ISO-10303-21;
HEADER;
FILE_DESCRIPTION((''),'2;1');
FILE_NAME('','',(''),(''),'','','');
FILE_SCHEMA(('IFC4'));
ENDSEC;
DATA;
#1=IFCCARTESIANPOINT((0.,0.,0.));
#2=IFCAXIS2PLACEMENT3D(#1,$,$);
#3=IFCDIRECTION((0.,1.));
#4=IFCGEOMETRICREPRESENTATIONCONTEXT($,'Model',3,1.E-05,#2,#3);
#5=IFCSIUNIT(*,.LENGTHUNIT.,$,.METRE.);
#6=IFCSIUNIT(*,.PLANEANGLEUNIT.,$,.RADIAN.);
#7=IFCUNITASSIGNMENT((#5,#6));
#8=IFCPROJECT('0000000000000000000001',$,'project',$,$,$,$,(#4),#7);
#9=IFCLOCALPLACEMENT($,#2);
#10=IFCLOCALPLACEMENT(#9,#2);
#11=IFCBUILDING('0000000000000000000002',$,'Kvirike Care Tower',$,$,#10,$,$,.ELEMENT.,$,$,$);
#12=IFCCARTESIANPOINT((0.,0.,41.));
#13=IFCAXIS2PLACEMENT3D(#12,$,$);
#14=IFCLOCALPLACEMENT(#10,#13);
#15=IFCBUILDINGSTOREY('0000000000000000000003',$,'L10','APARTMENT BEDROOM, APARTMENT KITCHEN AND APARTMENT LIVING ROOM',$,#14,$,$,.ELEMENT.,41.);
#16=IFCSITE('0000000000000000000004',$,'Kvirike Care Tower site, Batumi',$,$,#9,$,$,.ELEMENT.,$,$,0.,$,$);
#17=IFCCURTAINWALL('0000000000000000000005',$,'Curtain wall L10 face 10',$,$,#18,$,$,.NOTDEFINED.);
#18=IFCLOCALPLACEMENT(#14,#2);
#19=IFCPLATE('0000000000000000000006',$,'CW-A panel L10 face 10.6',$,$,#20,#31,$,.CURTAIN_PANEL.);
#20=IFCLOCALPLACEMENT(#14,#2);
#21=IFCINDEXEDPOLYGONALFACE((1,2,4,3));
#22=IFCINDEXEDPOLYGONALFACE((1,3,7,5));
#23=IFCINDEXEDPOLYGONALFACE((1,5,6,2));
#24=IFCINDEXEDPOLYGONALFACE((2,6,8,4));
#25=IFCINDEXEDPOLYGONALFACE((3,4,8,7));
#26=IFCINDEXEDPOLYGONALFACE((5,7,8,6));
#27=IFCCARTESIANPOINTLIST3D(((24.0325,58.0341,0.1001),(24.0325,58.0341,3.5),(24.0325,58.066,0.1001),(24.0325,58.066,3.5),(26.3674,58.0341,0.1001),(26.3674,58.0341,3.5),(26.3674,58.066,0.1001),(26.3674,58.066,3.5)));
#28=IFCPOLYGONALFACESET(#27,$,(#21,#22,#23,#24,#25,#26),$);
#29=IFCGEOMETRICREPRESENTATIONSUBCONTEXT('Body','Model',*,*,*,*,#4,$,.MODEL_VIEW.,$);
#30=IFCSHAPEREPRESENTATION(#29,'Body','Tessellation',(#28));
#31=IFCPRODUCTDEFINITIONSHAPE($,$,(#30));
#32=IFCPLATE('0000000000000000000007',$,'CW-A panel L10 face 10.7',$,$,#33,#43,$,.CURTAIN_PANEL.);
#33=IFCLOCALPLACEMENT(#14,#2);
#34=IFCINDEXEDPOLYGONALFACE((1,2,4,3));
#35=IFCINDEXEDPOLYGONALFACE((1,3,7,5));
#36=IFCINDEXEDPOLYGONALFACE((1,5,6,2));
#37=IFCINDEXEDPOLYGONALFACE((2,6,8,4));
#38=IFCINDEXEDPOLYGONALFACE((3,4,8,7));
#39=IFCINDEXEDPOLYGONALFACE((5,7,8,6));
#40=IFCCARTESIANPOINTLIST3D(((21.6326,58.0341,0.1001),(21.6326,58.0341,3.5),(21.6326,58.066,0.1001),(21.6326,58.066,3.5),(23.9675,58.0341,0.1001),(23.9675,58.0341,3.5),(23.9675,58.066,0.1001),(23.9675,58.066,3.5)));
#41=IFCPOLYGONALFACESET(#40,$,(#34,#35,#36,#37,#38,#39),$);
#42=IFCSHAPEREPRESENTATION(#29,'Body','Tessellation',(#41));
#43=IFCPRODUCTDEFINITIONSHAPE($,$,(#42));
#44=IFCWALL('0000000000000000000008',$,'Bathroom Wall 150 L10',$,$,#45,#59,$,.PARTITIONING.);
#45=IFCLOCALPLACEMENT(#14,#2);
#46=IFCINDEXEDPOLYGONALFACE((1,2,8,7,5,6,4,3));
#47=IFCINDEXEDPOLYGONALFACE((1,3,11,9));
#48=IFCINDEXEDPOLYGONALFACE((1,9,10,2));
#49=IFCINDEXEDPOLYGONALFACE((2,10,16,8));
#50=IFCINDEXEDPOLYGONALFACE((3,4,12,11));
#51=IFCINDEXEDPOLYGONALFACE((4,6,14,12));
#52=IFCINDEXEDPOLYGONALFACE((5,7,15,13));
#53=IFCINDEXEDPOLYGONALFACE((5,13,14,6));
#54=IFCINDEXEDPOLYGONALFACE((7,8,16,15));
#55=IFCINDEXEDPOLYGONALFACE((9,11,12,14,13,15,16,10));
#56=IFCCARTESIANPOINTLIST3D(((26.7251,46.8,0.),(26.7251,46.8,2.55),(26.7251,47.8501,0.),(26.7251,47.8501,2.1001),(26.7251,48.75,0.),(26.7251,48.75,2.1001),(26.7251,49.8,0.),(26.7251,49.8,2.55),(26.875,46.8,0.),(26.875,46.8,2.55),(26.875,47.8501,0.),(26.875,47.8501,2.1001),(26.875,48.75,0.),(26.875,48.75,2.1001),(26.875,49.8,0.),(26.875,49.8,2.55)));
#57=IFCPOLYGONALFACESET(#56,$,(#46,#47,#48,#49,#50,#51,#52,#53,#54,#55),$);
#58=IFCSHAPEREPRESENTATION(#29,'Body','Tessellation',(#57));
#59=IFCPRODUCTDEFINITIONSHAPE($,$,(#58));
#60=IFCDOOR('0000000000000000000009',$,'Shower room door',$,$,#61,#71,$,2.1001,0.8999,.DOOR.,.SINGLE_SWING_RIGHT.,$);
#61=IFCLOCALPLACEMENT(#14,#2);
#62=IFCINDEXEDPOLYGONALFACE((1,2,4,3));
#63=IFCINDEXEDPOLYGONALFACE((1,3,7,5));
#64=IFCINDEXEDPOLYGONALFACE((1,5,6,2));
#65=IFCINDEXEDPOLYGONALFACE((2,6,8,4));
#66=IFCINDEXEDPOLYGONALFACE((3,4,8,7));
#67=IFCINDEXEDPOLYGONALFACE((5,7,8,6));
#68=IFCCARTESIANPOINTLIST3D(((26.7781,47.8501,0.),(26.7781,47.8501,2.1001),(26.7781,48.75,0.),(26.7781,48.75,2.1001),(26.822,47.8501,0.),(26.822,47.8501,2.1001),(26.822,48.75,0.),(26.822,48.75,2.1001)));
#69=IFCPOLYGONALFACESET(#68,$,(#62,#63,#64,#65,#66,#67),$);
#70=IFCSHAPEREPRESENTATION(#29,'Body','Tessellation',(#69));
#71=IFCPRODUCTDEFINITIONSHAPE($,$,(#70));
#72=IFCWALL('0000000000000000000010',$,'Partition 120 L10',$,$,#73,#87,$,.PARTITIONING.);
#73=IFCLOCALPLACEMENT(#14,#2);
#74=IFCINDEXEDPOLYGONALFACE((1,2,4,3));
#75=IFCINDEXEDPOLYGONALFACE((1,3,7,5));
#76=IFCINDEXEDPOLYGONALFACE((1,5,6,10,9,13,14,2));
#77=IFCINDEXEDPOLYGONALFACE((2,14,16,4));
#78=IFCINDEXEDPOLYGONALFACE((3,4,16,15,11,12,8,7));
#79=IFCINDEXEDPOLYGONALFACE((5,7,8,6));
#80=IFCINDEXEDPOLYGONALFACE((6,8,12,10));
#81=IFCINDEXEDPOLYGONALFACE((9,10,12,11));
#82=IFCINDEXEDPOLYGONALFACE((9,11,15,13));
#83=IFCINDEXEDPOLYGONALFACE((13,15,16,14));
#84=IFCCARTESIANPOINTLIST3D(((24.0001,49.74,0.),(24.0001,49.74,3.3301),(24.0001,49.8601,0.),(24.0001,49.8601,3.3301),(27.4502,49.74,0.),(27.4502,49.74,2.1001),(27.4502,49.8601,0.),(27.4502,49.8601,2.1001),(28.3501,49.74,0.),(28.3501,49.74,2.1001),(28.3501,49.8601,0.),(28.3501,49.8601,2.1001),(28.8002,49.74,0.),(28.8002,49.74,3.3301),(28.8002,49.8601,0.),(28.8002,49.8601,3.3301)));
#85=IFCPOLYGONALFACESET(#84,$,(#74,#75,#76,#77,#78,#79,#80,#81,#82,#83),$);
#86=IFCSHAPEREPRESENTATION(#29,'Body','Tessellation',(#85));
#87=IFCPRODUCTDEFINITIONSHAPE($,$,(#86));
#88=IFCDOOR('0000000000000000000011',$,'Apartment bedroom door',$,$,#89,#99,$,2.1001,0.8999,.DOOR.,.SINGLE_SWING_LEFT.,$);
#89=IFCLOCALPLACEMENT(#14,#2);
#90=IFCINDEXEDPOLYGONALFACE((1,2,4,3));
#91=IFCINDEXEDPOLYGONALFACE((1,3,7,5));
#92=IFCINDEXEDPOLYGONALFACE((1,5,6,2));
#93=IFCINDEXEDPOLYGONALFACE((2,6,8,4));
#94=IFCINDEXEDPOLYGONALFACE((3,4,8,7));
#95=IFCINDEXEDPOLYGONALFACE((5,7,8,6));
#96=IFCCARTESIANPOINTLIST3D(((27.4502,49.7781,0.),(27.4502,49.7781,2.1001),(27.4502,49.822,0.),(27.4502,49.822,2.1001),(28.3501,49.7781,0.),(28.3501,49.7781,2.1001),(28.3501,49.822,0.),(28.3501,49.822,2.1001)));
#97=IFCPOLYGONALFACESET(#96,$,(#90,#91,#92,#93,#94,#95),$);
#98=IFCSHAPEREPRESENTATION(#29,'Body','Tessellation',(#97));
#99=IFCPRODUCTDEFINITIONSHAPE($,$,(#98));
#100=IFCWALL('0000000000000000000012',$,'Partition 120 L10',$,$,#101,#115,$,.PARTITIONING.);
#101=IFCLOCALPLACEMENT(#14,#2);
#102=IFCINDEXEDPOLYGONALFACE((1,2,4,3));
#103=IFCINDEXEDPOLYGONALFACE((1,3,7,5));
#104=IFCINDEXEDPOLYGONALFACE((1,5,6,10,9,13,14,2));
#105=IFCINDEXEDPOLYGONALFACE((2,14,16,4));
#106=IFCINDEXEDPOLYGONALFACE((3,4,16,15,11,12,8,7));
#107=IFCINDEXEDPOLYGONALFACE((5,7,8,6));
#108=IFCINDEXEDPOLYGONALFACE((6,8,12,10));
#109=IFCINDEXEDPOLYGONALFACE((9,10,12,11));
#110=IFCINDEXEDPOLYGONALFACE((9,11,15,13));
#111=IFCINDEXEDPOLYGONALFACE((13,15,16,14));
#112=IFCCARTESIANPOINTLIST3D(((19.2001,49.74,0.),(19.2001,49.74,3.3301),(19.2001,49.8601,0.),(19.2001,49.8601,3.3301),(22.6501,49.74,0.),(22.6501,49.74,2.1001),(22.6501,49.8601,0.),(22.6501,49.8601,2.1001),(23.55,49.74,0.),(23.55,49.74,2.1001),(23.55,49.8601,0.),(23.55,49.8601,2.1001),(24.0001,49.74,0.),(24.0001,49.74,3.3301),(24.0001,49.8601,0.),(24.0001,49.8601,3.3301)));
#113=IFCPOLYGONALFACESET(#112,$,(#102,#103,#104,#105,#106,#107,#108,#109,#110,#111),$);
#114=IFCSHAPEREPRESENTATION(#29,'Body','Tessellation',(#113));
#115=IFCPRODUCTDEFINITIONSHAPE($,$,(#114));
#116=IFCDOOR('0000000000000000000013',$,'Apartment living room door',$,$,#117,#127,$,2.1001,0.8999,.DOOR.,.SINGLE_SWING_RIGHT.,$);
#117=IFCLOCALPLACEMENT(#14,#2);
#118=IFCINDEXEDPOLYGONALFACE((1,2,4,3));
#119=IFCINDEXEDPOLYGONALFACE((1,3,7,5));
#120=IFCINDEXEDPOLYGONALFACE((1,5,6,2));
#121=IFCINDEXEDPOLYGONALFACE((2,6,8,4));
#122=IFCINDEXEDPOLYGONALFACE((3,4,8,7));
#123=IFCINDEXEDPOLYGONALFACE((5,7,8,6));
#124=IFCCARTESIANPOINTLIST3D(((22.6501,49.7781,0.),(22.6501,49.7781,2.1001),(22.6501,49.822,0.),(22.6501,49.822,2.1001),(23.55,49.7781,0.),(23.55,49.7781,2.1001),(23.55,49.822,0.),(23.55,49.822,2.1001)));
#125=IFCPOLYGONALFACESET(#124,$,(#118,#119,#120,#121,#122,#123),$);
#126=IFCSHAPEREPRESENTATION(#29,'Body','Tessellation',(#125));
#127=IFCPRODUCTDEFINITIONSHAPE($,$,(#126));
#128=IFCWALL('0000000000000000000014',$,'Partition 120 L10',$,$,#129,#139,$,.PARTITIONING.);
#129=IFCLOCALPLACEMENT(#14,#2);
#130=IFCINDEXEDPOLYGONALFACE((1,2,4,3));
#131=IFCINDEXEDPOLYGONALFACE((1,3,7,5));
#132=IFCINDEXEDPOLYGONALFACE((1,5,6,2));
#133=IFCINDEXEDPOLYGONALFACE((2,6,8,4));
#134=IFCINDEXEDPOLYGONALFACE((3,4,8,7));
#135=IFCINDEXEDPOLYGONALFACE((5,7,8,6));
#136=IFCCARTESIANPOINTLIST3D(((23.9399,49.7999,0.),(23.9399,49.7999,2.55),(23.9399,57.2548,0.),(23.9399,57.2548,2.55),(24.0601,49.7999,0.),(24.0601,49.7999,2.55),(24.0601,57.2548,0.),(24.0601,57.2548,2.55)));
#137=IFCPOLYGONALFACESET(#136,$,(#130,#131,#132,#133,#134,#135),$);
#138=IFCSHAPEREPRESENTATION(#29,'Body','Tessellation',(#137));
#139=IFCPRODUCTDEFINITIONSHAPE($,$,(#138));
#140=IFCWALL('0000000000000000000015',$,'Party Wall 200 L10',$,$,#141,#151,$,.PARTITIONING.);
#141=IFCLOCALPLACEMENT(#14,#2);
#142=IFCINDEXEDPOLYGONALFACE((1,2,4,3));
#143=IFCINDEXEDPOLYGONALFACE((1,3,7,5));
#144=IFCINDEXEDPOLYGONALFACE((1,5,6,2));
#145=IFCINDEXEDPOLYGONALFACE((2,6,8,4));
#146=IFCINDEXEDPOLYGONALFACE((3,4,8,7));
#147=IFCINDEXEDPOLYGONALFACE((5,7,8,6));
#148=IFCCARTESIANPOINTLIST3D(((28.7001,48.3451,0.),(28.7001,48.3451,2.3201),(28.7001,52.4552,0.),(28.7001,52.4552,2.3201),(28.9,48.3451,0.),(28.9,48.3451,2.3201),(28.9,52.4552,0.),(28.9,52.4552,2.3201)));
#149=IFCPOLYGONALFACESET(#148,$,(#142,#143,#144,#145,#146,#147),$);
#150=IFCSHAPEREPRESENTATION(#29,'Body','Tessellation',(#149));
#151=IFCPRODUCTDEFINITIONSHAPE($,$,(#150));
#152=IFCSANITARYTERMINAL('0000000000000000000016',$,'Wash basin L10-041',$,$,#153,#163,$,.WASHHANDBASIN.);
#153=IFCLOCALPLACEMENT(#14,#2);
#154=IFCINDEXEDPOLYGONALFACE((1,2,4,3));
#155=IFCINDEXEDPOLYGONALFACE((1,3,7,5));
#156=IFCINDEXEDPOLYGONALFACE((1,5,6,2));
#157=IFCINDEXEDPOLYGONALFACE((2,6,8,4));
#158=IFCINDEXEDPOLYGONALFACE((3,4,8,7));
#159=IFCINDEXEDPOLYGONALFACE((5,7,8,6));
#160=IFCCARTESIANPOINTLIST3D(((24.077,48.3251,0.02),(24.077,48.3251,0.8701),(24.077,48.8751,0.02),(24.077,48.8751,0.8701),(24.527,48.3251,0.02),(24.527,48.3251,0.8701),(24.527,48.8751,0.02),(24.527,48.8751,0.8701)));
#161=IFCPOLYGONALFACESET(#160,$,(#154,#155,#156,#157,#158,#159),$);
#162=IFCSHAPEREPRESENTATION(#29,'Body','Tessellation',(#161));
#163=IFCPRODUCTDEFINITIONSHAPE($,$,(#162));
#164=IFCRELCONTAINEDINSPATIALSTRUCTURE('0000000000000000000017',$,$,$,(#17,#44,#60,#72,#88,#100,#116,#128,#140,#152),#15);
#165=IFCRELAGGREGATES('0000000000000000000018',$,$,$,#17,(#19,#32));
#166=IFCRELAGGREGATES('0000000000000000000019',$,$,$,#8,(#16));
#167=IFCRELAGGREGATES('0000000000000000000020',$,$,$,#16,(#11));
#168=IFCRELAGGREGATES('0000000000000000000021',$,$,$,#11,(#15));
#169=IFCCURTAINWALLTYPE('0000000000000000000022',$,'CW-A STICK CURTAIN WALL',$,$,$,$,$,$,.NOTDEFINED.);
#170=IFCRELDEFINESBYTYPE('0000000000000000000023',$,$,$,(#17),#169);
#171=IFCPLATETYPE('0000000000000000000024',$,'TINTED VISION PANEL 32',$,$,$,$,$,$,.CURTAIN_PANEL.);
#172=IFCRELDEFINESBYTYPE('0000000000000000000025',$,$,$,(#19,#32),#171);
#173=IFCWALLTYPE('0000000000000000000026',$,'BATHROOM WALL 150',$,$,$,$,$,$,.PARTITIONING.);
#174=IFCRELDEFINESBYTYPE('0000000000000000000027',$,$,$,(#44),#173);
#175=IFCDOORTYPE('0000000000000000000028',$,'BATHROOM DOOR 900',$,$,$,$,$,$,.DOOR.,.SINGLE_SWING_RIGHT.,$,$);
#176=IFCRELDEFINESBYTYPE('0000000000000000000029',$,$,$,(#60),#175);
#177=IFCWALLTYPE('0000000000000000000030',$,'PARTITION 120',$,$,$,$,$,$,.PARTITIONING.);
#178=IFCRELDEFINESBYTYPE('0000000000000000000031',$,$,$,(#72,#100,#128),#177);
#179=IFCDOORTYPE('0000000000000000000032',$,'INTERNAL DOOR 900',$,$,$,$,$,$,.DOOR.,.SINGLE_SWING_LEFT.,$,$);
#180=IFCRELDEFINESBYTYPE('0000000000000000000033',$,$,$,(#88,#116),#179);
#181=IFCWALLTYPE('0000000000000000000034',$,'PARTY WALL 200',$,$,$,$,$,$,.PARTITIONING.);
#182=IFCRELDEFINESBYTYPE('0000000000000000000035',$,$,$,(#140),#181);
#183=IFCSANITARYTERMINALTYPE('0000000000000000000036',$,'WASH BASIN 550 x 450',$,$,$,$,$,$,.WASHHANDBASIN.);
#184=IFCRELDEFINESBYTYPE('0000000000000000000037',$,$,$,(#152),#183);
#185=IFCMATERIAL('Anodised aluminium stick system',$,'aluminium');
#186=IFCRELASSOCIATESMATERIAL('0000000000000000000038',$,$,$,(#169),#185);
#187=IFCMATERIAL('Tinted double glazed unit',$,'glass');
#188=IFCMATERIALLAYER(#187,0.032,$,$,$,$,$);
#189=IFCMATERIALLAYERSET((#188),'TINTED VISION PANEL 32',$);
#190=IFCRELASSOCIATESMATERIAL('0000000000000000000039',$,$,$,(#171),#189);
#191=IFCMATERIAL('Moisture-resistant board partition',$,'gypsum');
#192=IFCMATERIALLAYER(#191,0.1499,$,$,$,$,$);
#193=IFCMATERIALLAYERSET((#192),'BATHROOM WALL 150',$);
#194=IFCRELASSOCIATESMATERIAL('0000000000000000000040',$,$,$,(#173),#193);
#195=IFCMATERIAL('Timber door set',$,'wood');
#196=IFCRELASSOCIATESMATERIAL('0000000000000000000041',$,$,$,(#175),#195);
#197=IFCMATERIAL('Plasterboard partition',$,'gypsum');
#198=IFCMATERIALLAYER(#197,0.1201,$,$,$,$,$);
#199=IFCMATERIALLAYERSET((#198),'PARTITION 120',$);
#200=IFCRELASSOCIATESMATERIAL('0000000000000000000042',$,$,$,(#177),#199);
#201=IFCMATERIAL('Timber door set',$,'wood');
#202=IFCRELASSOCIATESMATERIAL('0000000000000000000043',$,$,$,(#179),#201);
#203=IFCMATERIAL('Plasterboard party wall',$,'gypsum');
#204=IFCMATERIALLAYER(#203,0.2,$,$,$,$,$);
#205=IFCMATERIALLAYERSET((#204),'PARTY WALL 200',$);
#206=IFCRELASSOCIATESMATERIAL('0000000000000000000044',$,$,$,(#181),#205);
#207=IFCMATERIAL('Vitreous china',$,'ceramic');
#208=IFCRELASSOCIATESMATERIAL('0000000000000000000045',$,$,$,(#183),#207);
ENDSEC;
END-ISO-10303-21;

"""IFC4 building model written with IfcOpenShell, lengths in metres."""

from ifc_helpers import new_model, si_unit, direction, frame, frame_2d, origin, origin_2d, place, context, subcontext, project, spatial, rectangle, extrude, material, layer, layer_set, type_object, element, fill, aggregate, save


model = new_model("IFC4")

# Units and contexts
model_context = context("Model", 3, precision=1e-05, world=origin(), true_north=direction((0.0, 1.0)))
body_context = subcontext(model_context, "Body", "Model", "MODEL_VIEW")
ifc_project = project(units=[si_unit("LENGTHUNIT", "METRE"), si_unit("PLANEANGLEUNIT", "RADIAN")], contexts=[model_context])

# Site, building, storey
site_placement = place(None, origin())
site = spatial("IfcSite", under=ifc_project, at=site_placement, Name="Kvirike Care Tower site, Batumi", CompositionType="ELEMENT", RefElevation=0.0)
building_placement = place(site_placement, origin())
building = spatial("IfcBuilding", under=site, at=building_placement, Name="Kvirike Care Tower", CompositionType="ELEMENT")
storey_placement = place(building_placement, frame((0.0, 0.0, 41.0)))
storey = spatial("IfcBuildingStorey", under=building, at=storey_placement, Name="L10", Description="APARTMENT BEDROOM, APARTMENT KITCHEN AND APARTMENT LIVING ROOM", CompositionType="ELEMENT", Elevation=41.0)

# Curtain wall
ifc_material_1 = material(Name="Anodised aluminium stick system", Category="aluminium")
curtain_wall_type = type_object("IfcCurtainWallType", Name="CW-A STICK CURTAIN WALL", PredefinedType="NOTDEFINED", material=ifc_material_1)
curtain_wall_placement = place(storey_placement, origin())
curtain_wall = element("IfcCurtainWall", 1, at=curtain_wall_placement, inside=storey, type_object=curtain_wall_type, Name="Curtain wall L10 face 10", PredefinedType="NOTDEFINED")

# Plates
ifc_material_2 = material(Name="Tinted double glazed unit", Category="glass")
ifc_layer_1 = layer(ifc_material_2, 0.032)
ifc_layer_set_1 = layer_set([ifc_layer_1], Name="TINTED VISION PANEL 32")
plate_type = type_object("IfcPlateType", Name="TINTED VISION PANEL 32", PredefinedType="CURTAIN_PANEL", material=ifc_layer_set_1)
plate_1_placement = place(storey_placement, frame((25.2, 58.05, 0.1001), z_axis=(0.0, 0.0, 1.0), x_axis=(-1.0, 0.0, 0.0)))
plate_1 = element("IfcPlate", 2, at=plate_1_placement, type_object=plate_type, Name="CW-A panel L10 face 10.6", PredefinedType="CURTAIN_PANEL", context=body_context, shape_type="SweptSolid", body=[
    extrude(rectangle(XDim=2.335, YDim=0.032, at=origin_2d()), origin(), (0.0, 0.0, 1.0), 3.3999),
])
plate_2_placement = place(storey_placement, frame((22.8, 58.05, 0.1001), z_axis=(0.0, 0.0, 1.0), x_axis=(-1.0, 0.0, 0.0)))
plate_2 = element("IfcPlate", 3, at=plate_2_placement, type_object=plate_type, Name="CW-A panel L10 face 10.7", PredefinedType="CURTAIN_PANEL", context=body_context, shape_type="SweptSolid", body=[
    extrude(rectangle(XDim=2.335, YDim=0.032, at=origin_2d()), origin(), (0.0, 0.0, 1.0), 3.3999),
])
aggregate(curtain_wall, [plate_1, plate_2])

# Walls, openings, doors
ifc_material_3 = material(Name="Moisture-resistant board partition", Category="gypsum")
ifc_layer_2 = layer(ifc_material_3, 0.1499)
ifc_layer_set_2 = layer_set([ifc_layer_2], Name="BATHROOM WALL 150")
wall_type_1 = type_object("IfcWallType", Name="BATHROOM WALL 150", PredefinedType="PARTITIONING", material=ifc_layer_set_2)
wall_1_placement = place(storey_placement, frame((26.8, 49.8, 0.0), z_axis=(0.0, 0.0, 1.0), x_axis=(0.0, -1.0, 0.0)))
wall_1 = element("IfcWall", 4, at=wall_1_placement, inside=storey, type_object=wall_type_1, Name="Bathroom Wall 150 L10", PredefinedType="PARTITIONING", context=body_context, shape_type="SweptSolid", body=[
    extrude(rectangle(XDim=3.0, YDim=0.1499, at=frame_2d((1.5, 0.0))), origin(), (0.0, 0.0, 1.0), 2.55),
])
opening_1_placement = place(wall_1_placement, frame((1.05, 0.0, 0.0)))
opening_1 = element("IfcOpeningElement", 5, at=opening_1_placement, cuts=wall_1, PredefinedType="OPENING", context=body_context, shape_type="SweptSolid", body=[
    extrude(rectangle(XDim=0.8999, YDim=2.1001, at=frame_2d((0.45, 1.05))), frame((0.0, 0.0854, 0.0), z_axis=(0.0, -1.0, 0.0), x_axis=(1.0, 0.0, 0.0)), (0.0, 0.0, 1.0), 0.1709),
])
ifc_material_4 = material(Name="Timber door set", Category="wood")
door_type_1 = type_object("IfcDoorType", Name="BATHROOM DOOR 900", OperationType="SINGLE_SWING_RIGHT", PredefinedType="DOOR", material=ifc_material_4)
door_1_placement = place(opening_1_placement, frame((0.8999, 0.0, 0.0), z_axis=(0.0, 0.0, 1.0), x_axis=(-1.0, 0.0, 0.0)))
door_1 = element("IfcDoor", 6, at=door_1_placement, inside=storey, type_object=door_type_1, Name="Shower room door", OperationType="SINGLE_SWING_RIGHT", OverallHeight=2.1001, OverallWidth=0.8999, PredefinedType="DOOR", context=body_context, shape_type="SweptSolid", body=[
    extrude(rectangle(XDim=0.8999, YDim=2.1001, at=frame_2d((0.45, 1.05))), frame((0.0, 0.022, 0.0), z_axis=(0.0, -1.0, 0.0), x_axis=(1.0, 0.0, 0.0)), (0.0, 0.0, 1.0), 0.0439),
])
fill(opening_1, door_1)
ifc_material_5 = material(Name="Plasterboard partition", Category="gypsum")
ifc_layer_3 = layer(ifc_material_5, 0.1201)
ifc_layer_set_3 = layer_set([ifc_layer_3], Name="PARTITION 120")
wall_type_2 = type_object("IfcWallType", Name="PARTITION 120", PredefinedType="PARTITIONING", material=ifc_layer_set_3)
wall_2_placement = place(storey_placement, frame((28.8, 49.8, 0.0), z_axis=(0.0, 0.0, 1.0), x_axis=(-1.0, 0.0, 0.0)))
wall_2 = element("IfcWall", 7, at=wall_2_placement, inside=storey, type_object=wall_type_2, Name="Partition 120 L10", PredefinedType="PARTITIONING", context=body_context, shape_type="SweptSolid", body=[
    extrude(rectangle(XDim=4.8, YDim=0.1201, at=frame_2d((2.3999, 0.0))), origin(), (0.0, 0.0, 1.0), 3.3301),
])
opening_2_placement = place(wall_2_placement, frame((0.45, 0.0, 0.0)))
opening_2 = element("IfcOpeningElement", 8, at=opening_2_placement, cuts=wall_2, PredefinedType="OPENING", context=body_context, shape_type="SweptSolid", body=[
    extrude(rectangle(XDim=0.8999, YDim=2.1001, at=frame_2d((0.45, 1.05))), frame((0.0, 0.0706, 0.0), z_axis=(0.0, -1.0, 0.0), x_axis=(1.0, 0.0, 0.0)), (0.0, 0.0, 1.0), 0.1411),
])
ifc_material_6 = material(Name="Timber door set", Category="wood")
door_type_2 = type_object("IfcDoorType", Name="INTERNAL DOOR 900", OperationType="SINGLE_SWING_LEFT", PredefinedType="DOOR", material=ifc_material_6)
door_2_placement = place(opening_2_placement, frame((0.8999, 0.0, 0.0), z_axis=(0.0, 0.0, 1.0), x_axis=(-1.0, 0.0, 0.0)))
door_2 = element("IfcDoor", 9, at=door_2_placement, inside=storey, type_object=door_type_2, Name="Apartment bedroom door", OperationType="SINGLE_SWING_LEFT", OverallHeight=2.1001, OverallWidth=0.8999, PredefinedType="DOOR", context=body_context, shape_type="SweptSolid", body=[
    extrude(rectangle(XDim=0.8999, YDim=2.1001, at=frame_2d((0.45, 1.05))), frame((0.0, 0.022, 0.0), z_axis=(0.0, -1.0, 0.0), x_axis=(1.0, 0.0, 0.0)), (0.0, 0.0, 1.0), 0.0439),
])
fill(opening_2, door_2)
wall_3_placement = place(storey_placement, frame((24.0, 49.8, 0.0), z_axis=(0.0, 0.0, 1.0), x_axis=(-1.0, 0.0, 0.0)))
wall_3 = element("IfcWall", 10, at=wall_3_placement, inside=storey, type_object=wall_type_2, Name="Partition 120 L10", PredefinedType="PARTITIONING", context=body_context, shape_type="SweptSolid", body=[
    extrude(rectangle(XDim=4.8, YDim=0.1201, at=frame_2d((2.3999, 0.0))), origin(), (0.0, 0.0, 1.0), 3.3301),
])
opening_3_placement = place(wall_3_placement, frame((0.45, 0.0, 0.0)))
opening_3 = element("IfcOpeningElement", 11, at=opening_3_placement, cuts=wall_3, PredefinedType="OPENING", context=body_context, shape_type="SweptSolid", body=[
    extrude(rectangle(XDim=0.8999, YDim=2.1001, at=frame_2d((0.45, 1.05))), frame((0.0, 0.0706, 0.0), z_axis=(0.0, -1.0, 0.0), x_axis=(1.0, 0.0, 0.0)), (0.0, 0.0, 1.0), 0.1411),
])
door_3_placement = place(opening_3_placement, frame((0.8999, 0.0, 0.0), z_axis=(0.0, 0.0, 1.0), x_axis=(-1.0, 0.0, 0.0)))
door_3 = element("IfcDoor", 12, at=door_3_placement, inside=storey, type_object=door_type_2, Name="Apartment living room door", OperationType="SINGLE_SWING_RIGHT", OverallHeight=2.1001, OverallWidth=0.8999, PredefinedType="DOOR", context=body_context, shape_type="SweptSolid", body=[
    extrude(rectangle(XDim=0.8999, YDim=2.1001, at=frame_2d((0.45, 1.05))), frame((0.0, 0.022, 0.0), z_axis=(0.0, -1.0, 0.0), x_axis=(1.0, 0.0, 0.0)), (0.0, 0.0, 1.0), 0.0439),
])
fill(opening_3, door_3)

# Walls
wall_4_placement = place(storey_placement, frame((24.0, 57.2549, 0.0), z_axis=(0.0, 0.0, 1.0), x_axis=(0.0, -1.0, 0.0)))
element("IfcWall", 13, at=wall_4_placement, inside=storey, type_object=wall_type_2, Name="Partition 120 L10", PredefinedType="PARTITIONING", context=body_context, shape_type="SweptSolid", body=[
    extrude(rectangle(XDim=7.4548, YDim=0.1201, at=frame_2d((3.7275, 0.0))), origin(), (0.0, 0.0, 1.0), 2.55),
])
ifc_material_7 = material(Name="Plasterboard party wall", Category="gypsum")
ifc_layer_4 = layer(ifc_material_7, 0.2)
ifc_layer_set_4 = layer_set([ifc_layer_4], Name="PARTY WALL 200")
wall_type_3 = type_object("IfcWallType", Name="PARTY WALL 200", PredefinedType="PARTITIONING", material=ifc_layer_set_4)
wall_5_placement = place(storey_placement, frame((28.8, 48.345, 0.0), z_axis=(0.0, 0.0, 1.0), x_axis=(0.0, 1.0, 0.0)))
element("IfcWall", 14, at=wall_5_placement, inside=storey, type_object=wall_type_3, Name="Party Wall 200 L10", PredefinedType="PARTITIONING", context=body_context, shape_type="SweptSolid", body=[
    extrude(rectangle(XDim=4.1101, YDim=0.2, at=frame_2d((2.0552, 0.0))), origin(), (0.0, 0.0, 1.0), 2.3201),
])

# Sanitary terminal
ifc_material_8 = material(Name="Vitreous china", Category="ceramic")
sanitary_terminal_type_1 = type_object("IfcSanitaryTerminalType", Name="WASH BASIN 550 x 450", PredefinedType="WASHHANDBASIN", material=ifc_material_8)
sanitary_terminal_1_placement = place(storey_placement, frame((24.302, 48.6001, 0.02), z_axis=(0.0, 0.0, 1.0), x_axis=(0.0, 1.0, 0.0)))
element("IfcSanitaryTerminal", 15, at=sanitary_terminal_1_placement, inside=storey, type_object=sanitary_terminal_type_1, Name="Wash basin L10-041", PredefinedType="WASHHANDBASIN", context=body_context, shape_type="SweptSolid", body=[
    extrude(rectangle(XDim=0.55, YDim=0.45, at=origin_2d()), origin(), (0.0, 0.0, 1.0), 0.8501),
])

save(model, "model.ifc")
